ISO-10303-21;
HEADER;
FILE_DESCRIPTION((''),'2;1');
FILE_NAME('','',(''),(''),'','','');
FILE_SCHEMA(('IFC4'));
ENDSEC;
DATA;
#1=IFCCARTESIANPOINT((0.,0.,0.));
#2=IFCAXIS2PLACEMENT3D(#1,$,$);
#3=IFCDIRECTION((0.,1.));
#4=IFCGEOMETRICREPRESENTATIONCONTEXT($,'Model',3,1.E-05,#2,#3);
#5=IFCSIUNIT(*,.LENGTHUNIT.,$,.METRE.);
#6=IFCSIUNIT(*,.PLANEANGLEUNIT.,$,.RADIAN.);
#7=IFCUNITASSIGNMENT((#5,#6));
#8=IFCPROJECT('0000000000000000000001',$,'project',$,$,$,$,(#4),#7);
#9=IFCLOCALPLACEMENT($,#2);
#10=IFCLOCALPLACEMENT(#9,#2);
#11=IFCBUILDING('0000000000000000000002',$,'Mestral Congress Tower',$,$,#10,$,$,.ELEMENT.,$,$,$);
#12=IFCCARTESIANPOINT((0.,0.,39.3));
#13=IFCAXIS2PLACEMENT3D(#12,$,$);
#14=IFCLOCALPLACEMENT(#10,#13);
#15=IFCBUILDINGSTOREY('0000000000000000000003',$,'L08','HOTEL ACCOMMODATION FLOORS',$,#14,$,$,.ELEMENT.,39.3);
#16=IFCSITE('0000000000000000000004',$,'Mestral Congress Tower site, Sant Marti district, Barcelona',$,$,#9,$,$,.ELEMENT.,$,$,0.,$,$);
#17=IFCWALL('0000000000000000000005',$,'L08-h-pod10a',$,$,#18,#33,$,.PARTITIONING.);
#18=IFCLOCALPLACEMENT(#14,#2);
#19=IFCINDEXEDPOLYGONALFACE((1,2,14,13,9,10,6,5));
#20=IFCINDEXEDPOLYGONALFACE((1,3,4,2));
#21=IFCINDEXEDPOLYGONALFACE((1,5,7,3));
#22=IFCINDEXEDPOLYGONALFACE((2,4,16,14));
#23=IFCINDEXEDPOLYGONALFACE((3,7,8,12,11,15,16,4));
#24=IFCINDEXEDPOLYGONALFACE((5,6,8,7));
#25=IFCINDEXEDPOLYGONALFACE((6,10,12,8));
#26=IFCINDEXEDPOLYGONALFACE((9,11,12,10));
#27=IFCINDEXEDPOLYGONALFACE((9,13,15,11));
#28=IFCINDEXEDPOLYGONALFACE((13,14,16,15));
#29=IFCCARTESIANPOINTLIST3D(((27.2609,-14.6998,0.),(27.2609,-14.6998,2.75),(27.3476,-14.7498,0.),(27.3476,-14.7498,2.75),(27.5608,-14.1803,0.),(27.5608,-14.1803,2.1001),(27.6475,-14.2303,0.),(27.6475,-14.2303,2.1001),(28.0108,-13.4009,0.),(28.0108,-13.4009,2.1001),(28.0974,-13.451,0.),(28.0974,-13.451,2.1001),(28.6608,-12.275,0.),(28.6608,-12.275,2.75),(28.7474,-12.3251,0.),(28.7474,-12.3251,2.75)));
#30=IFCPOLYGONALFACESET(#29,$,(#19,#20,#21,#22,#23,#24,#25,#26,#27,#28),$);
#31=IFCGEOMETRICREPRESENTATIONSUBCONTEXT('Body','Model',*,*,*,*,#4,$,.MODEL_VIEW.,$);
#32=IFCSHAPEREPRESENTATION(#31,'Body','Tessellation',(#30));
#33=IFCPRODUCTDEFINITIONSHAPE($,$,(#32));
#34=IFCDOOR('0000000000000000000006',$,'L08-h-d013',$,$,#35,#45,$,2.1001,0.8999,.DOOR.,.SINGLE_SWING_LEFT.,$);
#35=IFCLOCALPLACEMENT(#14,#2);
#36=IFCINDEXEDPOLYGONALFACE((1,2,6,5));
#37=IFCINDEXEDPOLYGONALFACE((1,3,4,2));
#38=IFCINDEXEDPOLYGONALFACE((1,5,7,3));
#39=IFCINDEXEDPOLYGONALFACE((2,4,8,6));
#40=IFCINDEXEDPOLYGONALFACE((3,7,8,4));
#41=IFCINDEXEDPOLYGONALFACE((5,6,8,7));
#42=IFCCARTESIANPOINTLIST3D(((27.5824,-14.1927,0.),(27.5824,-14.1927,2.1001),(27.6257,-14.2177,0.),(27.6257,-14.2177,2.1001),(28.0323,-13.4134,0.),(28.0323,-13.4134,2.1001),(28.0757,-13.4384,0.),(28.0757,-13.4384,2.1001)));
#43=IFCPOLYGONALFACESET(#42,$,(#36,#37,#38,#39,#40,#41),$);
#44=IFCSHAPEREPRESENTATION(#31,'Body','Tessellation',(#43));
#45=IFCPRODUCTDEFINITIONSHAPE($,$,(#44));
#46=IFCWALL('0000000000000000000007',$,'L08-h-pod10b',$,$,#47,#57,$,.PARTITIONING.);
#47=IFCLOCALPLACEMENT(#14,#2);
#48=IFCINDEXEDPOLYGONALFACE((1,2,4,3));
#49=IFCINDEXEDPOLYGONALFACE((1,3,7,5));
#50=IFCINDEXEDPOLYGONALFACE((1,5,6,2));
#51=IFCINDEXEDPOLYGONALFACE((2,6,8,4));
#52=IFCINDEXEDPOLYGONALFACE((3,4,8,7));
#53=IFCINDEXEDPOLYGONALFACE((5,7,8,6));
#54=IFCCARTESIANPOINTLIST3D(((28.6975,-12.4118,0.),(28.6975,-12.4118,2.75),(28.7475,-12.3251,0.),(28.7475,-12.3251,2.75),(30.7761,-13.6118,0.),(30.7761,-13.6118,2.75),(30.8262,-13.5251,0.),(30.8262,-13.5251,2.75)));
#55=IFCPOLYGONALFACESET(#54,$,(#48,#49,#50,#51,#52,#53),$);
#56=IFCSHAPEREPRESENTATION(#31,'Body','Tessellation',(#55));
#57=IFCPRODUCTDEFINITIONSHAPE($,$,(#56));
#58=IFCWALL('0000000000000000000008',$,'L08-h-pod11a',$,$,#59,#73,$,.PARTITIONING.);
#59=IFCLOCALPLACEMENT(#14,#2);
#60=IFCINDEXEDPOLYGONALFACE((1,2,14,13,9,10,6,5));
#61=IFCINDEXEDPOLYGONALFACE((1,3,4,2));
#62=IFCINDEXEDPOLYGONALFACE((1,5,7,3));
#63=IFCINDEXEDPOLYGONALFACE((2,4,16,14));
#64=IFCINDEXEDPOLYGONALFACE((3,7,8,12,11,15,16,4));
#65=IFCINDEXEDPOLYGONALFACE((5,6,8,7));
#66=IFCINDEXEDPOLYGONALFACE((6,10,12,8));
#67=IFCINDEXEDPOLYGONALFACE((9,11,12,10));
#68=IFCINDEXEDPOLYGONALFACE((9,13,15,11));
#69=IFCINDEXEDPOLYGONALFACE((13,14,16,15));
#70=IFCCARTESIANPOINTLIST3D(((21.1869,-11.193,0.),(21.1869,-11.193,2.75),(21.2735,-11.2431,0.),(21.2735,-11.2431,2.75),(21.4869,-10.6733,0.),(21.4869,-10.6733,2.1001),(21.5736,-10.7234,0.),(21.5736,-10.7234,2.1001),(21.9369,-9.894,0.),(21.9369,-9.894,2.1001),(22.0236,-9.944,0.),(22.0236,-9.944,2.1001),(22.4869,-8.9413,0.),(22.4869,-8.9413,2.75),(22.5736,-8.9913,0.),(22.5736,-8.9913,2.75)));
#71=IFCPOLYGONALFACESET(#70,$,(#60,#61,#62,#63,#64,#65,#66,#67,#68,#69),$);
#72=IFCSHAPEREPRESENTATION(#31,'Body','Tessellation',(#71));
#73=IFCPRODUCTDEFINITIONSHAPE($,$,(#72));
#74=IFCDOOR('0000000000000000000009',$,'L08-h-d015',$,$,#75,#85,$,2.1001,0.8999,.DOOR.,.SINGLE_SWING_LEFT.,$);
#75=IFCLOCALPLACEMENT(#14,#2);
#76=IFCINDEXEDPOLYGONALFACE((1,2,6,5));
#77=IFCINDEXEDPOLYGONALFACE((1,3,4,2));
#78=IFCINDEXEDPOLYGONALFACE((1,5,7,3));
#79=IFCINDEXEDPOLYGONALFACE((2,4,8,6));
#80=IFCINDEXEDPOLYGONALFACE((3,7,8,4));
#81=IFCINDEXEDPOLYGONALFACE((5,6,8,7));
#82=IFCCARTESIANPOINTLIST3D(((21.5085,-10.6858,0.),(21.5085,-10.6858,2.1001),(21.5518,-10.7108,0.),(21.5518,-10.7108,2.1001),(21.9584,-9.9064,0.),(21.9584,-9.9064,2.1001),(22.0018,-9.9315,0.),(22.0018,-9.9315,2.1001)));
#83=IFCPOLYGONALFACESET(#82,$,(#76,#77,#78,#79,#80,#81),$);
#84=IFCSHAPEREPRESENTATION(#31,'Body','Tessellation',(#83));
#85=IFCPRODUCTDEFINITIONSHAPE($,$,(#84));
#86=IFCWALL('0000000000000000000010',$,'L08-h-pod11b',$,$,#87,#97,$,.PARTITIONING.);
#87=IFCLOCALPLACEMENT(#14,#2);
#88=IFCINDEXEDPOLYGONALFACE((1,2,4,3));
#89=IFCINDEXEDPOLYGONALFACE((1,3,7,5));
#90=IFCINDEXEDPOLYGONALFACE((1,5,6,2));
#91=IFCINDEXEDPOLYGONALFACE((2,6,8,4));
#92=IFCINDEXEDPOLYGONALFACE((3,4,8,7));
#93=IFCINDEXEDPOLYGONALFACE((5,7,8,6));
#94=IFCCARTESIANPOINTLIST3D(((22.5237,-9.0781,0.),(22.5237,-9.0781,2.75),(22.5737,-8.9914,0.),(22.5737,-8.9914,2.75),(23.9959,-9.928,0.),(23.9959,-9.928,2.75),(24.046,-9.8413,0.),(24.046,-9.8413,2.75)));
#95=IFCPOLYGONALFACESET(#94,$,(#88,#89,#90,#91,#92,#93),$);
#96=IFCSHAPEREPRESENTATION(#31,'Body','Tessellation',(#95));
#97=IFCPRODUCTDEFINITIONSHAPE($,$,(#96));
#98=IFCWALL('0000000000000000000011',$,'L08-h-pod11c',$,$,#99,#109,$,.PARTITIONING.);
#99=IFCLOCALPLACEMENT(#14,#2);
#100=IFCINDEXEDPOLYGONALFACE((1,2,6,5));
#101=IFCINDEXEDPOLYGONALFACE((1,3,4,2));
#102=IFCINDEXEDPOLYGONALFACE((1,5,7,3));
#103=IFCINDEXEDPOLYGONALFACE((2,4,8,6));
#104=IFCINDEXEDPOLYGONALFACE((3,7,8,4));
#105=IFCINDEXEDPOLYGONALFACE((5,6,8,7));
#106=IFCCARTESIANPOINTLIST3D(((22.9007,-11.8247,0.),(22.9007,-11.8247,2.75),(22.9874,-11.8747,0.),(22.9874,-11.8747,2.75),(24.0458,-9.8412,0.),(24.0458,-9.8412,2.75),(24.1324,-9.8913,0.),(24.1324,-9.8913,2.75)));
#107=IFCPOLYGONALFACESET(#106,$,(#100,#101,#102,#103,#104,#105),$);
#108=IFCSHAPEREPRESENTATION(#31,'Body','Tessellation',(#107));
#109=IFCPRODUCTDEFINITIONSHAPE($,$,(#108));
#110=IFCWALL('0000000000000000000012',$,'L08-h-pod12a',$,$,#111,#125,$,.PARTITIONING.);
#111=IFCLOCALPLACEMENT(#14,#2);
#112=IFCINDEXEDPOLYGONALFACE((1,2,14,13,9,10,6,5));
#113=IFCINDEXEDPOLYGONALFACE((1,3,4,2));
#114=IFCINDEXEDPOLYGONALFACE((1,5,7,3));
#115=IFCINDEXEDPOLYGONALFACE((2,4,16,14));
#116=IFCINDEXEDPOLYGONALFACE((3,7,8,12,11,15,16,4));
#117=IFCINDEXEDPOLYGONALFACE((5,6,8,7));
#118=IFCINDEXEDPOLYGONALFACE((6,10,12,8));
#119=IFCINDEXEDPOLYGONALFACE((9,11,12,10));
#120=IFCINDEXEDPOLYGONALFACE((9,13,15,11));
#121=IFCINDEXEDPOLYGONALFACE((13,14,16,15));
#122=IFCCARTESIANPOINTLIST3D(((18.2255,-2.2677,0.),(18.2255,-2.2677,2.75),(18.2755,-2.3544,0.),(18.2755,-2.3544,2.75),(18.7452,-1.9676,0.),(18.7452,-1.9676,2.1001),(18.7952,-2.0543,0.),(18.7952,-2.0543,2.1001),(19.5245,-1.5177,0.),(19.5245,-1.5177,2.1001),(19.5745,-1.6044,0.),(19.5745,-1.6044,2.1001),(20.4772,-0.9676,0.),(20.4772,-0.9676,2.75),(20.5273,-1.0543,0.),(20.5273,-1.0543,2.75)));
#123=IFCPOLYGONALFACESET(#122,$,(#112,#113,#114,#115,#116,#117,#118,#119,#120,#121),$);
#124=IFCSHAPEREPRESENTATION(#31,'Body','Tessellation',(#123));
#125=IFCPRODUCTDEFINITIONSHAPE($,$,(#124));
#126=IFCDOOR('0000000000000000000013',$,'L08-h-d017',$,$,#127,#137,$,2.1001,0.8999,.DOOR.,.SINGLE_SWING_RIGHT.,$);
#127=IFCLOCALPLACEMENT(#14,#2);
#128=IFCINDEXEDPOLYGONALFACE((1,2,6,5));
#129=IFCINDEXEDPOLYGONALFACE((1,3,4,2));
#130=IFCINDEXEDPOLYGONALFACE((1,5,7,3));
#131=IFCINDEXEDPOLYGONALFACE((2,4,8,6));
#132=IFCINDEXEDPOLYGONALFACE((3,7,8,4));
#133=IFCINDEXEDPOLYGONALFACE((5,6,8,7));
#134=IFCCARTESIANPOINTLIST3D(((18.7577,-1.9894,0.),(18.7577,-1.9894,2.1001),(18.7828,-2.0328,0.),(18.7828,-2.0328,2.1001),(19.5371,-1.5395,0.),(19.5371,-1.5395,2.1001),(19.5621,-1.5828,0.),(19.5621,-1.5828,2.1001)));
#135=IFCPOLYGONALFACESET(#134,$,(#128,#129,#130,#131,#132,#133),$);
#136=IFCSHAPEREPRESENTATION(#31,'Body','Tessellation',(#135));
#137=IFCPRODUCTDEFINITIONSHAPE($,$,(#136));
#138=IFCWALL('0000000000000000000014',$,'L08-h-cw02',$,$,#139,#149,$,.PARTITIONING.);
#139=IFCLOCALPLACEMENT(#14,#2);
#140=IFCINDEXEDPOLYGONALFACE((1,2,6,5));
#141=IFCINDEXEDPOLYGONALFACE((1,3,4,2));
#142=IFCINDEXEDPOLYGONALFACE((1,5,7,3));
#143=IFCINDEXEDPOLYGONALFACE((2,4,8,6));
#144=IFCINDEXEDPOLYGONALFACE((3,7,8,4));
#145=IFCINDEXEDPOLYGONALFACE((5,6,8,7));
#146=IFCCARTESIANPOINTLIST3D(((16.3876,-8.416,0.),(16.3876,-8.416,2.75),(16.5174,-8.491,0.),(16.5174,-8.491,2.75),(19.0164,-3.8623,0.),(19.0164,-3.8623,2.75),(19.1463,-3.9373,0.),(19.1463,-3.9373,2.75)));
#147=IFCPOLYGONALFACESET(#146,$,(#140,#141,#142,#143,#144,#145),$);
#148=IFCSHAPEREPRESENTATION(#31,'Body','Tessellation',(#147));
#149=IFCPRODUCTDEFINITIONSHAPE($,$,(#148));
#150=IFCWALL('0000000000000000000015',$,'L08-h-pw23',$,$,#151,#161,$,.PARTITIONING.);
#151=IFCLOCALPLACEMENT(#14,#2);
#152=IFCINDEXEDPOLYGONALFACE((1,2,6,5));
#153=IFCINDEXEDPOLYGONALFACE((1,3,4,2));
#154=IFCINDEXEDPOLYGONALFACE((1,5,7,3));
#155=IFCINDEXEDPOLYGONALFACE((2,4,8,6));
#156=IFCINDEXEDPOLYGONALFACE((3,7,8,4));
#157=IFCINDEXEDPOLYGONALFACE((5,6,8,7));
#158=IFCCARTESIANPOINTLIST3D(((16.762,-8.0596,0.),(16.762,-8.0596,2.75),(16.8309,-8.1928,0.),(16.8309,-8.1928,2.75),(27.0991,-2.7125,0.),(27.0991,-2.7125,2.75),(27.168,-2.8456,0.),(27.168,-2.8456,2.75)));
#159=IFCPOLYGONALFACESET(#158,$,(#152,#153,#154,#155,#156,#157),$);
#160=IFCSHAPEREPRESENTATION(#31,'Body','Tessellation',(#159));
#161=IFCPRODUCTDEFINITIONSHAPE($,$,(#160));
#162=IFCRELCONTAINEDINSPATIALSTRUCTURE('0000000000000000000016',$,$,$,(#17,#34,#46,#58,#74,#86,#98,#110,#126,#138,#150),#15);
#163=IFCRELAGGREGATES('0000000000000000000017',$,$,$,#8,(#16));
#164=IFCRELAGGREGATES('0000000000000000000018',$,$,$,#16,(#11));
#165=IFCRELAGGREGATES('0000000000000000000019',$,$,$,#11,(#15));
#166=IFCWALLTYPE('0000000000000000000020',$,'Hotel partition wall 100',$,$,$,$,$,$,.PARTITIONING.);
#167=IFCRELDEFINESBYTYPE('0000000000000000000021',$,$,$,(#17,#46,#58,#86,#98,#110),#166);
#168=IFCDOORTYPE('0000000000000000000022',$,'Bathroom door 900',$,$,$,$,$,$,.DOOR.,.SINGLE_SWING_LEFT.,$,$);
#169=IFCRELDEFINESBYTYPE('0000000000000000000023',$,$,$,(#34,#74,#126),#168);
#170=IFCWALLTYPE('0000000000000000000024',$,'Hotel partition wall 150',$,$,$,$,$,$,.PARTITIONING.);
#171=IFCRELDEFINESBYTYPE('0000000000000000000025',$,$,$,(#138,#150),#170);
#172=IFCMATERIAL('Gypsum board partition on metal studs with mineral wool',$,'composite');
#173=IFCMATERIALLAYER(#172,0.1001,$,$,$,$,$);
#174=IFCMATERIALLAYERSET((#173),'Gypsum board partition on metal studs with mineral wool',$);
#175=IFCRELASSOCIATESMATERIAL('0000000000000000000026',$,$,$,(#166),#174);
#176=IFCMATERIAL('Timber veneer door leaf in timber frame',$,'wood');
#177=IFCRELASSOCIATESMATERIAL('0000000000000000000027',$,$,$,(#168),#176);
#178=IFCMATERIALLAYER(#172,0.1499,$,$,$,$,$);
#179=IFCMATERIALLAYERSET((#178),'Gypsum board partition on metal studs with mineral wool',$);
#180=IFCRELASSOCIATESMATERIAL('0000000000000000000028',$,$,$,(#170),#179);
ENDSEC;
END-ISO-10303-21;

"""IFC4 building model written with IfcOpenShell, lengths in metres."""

from ifc_helpers import new_model, si_unit, direction, frame, frame_2d, origin, place, context, subcontext, project, spatial, rectangle, extrude, material, layer, layer_set, type_object, element, fill, save


model = new_model("IFC4")

# Units and contexts
model_context = context("Model", 3, precision=1e-05, world=origin(), true_north=direction((0.0, 1.0)))
body_context = subcontext(model_context, "Body", "Model", "MODEL_VIEW")
ifc_project = project(units=[si_unit("LENGTHUNIT", "METRE"), si_unit("PLANEANGLEUNIT", "RADIAN")], contexts=[model_context])

# Site, building, storey
site_placement = place(None, origin())
site = spatial("IfcSite", under=ifc_project, at=site_placement, Name="Mestral Congress Tower site, Sant Marti district, Barcelona", CompositionType="ELEMENT", RefElevation=0.0)
building_placement = place(site_placement, origin())
building = spatial("IfcBuilding", under=site, at=building_placement, Name="Mestral Congress Tower", CompositionType="ELEMENT")
storey_placement = place(building_placement, frame((0.0, 0.0, 39.3)))
storey = spatial("IfcBuildingStorey", under=building, at=storey_placement, Name="L08", Description="HOTEL ACCOMMODATION FLOORS", CompositionType="ELEMENT", Elevation=39.3)

# Wall, opening, door
ifc_material_1 = material(Name="Gypsum board partition on metal studs with mineral wool", Category="composite")
ifc_layer_1 = layer(ifc_material_1, 0.1001)
ifc_layer_set_1 = layer_set([ifc_layer_1], Name="Gypsum board partition on metal studs with mineral wool")
wall_type_1 = type_object("IfcWallType", Name="Hotel partition wall 100", PredefinedType="PARTITIONING", material=ifc_layer_set_1)
wall_1_placement = place(storey_placement, frame((28.7041, -12.3, 0.0), z_axis=(0.0, 0.0, 1.0), x_axis=(-0.499984, -0.866035, 0.0)))
wall_1 = element("IfcWall", 1, at=wall_1_placement, inside=storey, type_object=wall_type_1, Name="L08-h-pod10a", PredefinedType="PARTITIONING", context=body_context, shape_type="SweptSolid", body=[
    extrude(rectangle(XDim=2.7998, YDim=0.1001, at=frame_2d((1.3999, 0.0))), origin(), (0.0, 0.0, 1.0), 2.75),
])
opening_1_placement = place(wall_1_placement, frame((1.3, 0.0, 0.0)))
opening_1 = element("IfcOpeningElement", 2, at=opening_1_placement, cuts=wall_1, PredefinedType="OPENING", context=body_context, shape_type="SweptSolid", body=[
    extrude(rectangle(XDim=0.8999, YDim=2.1001, at=frame_2d((0.45, 1.05))), frame((0.0, 0.0601, 0.0), z_axis=(0.0, -1.0, 0.0), x_axis=(1.0, 0.0, 0.0)), (0.0, 0.0, 1.0), 0.1201),
])
ifc_material_2 = material(Name="Timber veneer door leaf in timber frame", Category="wood")
door_type = type_object("IfcDoorType", Name="Bathroom door 900", OperationType="SINGLE_SWING_LEFT", PredefinedType="DOOR", material=ifc_material_2)
door_1_placement = place(opening_1_placement, origin())
door_1 = element("IfcDoor", 3, at=door_1_placement, inside=storey, type_object=door_type, Name="L08-h-d013", OperationType="SINGLE_SWING_LEFT", OverallHeight=2.1001, OverallWidth=0.8999, PredefinedType="DOOR", context=body_context, shape_type="SweptSolid", body=[
    extrude(rectangle(XDim=0.8999, YDim=2.1001, at=frame_2d((0.45, 1.05))), frame((0.0, 0.0249, 0.0), z_axis=(0.0, -1.0, 0.0), x_axis=(1.0, 0.0, 0.0)), (0.0, 0.0, 1.0), 0.05),
])
fill(opening_1, door_1)

# Wall
wall_2_placement = place(storey_placement, frame((28.7224, -12.3684, 0.0), z_axis=(0.0, 0.0, 1.0), x_axis=(0.86605, -0.499957, 0.0)))
element("IfcWall", 4, at=wall_2_placement, inside=storey, type_object=wall_type_1, Name="L08-h-pod10b", PredefinedType="PARTITIONING", context=body_context, shape_type="SweptSolid", body=[
    extrude(rectangle(XDim=2.4001, YDim=0.1001, at=frame_2d((1.2002, 0.0))), origin(), (0.0, 0.0, 1.0), 2.75),
])

# Wall, opening, door
wall_3_placement = place(storey_placement, frame((22.5303, -8.9663, 0.0), z_axis=(0.0, 0.0, 1.0), x_axis=(-0.500007, -0.866021, 0.0)))
wall_3 = element("IfcWall", 5, at=wall_3_placement, inside=storey, type_object=wall_type_1, Name="L08-h-pod11a", PredefinedType="PARTITIONING", context=body_context, shape_type="SweptSolid", body=[
    extrude(rectangle(XDim=2.6001, YDim=0.1001, at=frame_2d((1.3, 0.0))), origin(), (0.0, 0.0, 1.0), 2.75),
])
opening_2_placement = place(wall_3_placement, frame((1.1001, 0.0, 0.0)))
opening_2 = element("IfcOpeningElement", 6, at=opening_2_placement, cuts=wall_3, PredefinedType="OPENING", context=body_context, shape_type="SweptSolid", body=[
    extrude(rectangle(XDim=0.8999, YDim=2.1001, at=frame_2d((0.45, 1.05))), frame((0.0, 0.0601, 0.0), z_axis=(0.0, -1.0, 0.0), x_axis=(1.0, 0.0, 0.0)), (0.0, 0.0, 1.0), 0.1201),
])
door_2_placement = place(opening_2_placement, origin())
door_2 = element("IfcDoor", 7, at=door_2_placement, inside=storey, type_object=door_type, Name="L08-h-d015", OperationType="SINGLE_SWING_LEFT", OverallHeight=2.1001, OverallWidth=0.8999, PredefinedType="DOOR", context=body_context, shape_type="SweptSolid", body=[
    extrude(rectangle(XDim=0.8999, YDim=2.1001, at=frame_2d((0.45, 1.05))), frame((0.0, 0.0249, 0.0), z_axis=(0.0, -1.0, 0.0), x_axis=(1.0, 0.0, 0.0)), (0.0, 0.0, 1.0), 0.05),
])
fill(opening_2, door_2)

# Walls
wall_4_placement = place(storey_placement, frame((22.5486, -9.0347, 0.0), z_axis=(0.0, 0.0, 1.0), x_axis=(0.866052, -0.499955, 0.0)))
element("IfcWall", 8, at=wall_4_placement, inside=storey, type_object=wall_type_1, Name="L08-h-pod11b", PredefinedType="PARTITIONING", context=body_context, shape_type="SweptSolid", body=[
    extrude(rectangle(XDim=1.7, YDim=0.1001, at=frame_2d((0.8501, 0.0))), origin(), (0.0, 0.0, 1.0), 2.75),
])
wall_5_placement = place(storey_placement, frame((22.9441, -11.8496, 0.0), z_axis=(0.0, 0.0, 1.0), x_axis=(0.499969, 0.866044, 0.0)))
element("IfcWall", 9, at=wall_5_placement, inside=storey, type_object=wall_type_1, Name="L08-h-pod11c", PredefinedType="PARTITIONING", context=body_context, shape_type="SweptSolid", body=[
    extrude(rectangle(XDim=2.2903, YDim=0.1001, at=frame_2d((1.145, 0.0))), origin(), (0.0, 0.0, 1.0), 2.75),
])

# Wall, opening, door
wall_6_placement = place(storey_placement, frame((18.2505, -2.311, 0.0), z_axis=(0.0, 0.0, 1.0), x_axis=(0.866021, 0.500007, 0.0)))
wall_6 = element("IfcWall", 10, at=wall_6_placement, inside=storey, type_object=wall_type_1, Name="L08-h-pod12a", PredefinedType="PARTITIONING", context=body_context, shape_type="SweptSolid", body=[
    extrude(rectangle(XDim=2.6001, YDim=0.1001, at=frame_2d((1.3, 0.0))), origin(), (0.0, 0.0, 1.0), 2.75),
])
opening_3_placement = place(wall_6_placement, frame((0.6001, 0.0, 0.0)))
opening_3 = element("IfcOpeningElement", 11, at=opening_3_placement, cuts=wall_6, PredefinedType="OPENING", context=body_context, shape_type="SweptSolid", body=[
    extrude(rectangle(XDim=0.8999, YDim=2.1001, at=frame_2d((0.45, 1.05))), frame((0.0, 0.0601, 0.0), z_axis=(0.0, -1.0, 0.0), x_axis=(1.0, 0.0, 0.0)), (0.0, 0.0, 1.0), 0.1201),
])
door_3_placement = place(opening_3_placement, origin())
door_3 = element("IfcDoor", 12, at=door_3_placement, inside=storey, type_object=door_type, Name="L08-h-d017", OperationType="SINGLE_SWING_RIGHT", OverallHeight=2.1001, OverallWidth=0.8999, PredefinedType="DOOR", context=body_context, shape_type="SweptSolid", body=[
    extrude(rectangle(XDim=0.8999, YDim=2.1001, at=frame_2d((0.45, 1.05))), frame((0.0, 0.0249, 0.0), z_axis=(0.0, -1.0, 0.0), x_axis=(1.0, 0.0, 0.0)), (0.0, 0.0, 1.0), 0.05),
])
fill(opening_3, door_3)

# Walls
ifc_layer_2 = layer(ifc_material_1, 0.1499)
ifc_layer_set_2 = layer_set([ifc_layer_2], Name="Gypsum board partition on metal studs with mineral wool")
wall_type_2 = type_object("IfcWallType", Name="Hotel partition wall 150", PredefinedType="PARTITIONING", material=ifc_layer_set_2)
wall_7_placement = place(storey_placement, frame((19.0813, -3.8999, 0.0), z_axis=(0.0, 0.0, 1.0), x_axis=(-0.499974, -0.86604, 0.0)))
element("IfcWall", 13, at=wall_7_placement, inside=storey, type_object=wall_type_2, Name="L08-h-cw02", PredefinedType="PARTITIONING", context=body_context, shape_type="SweptSolid", body=[
    extrude(rectangle(XDim=5.2581, YDim=0.1499, at=frame_2d((2.6289, 0.0))), origin(), (0.0, 0.0, 1.0), 2.75),
])
wall_8_placement = place(storey_placement, frame((27.1335, -2.7791, 0.0), z_axis=(0.0, 0.0, 1.0), x_axis=(-0.888205, -0.459447, 0.0)))
element("IfcWall", 14, at=wall_8_placement, inside=storey, type_object=wall_type_2, Name="L08-h-pw23", PredefinedType="PARTITIONING", context=body_context, shape_type="SweptSolid", body=[
    extrude(rectangle(XDim=11.6382, YDim=0.1499, at=frame_2d((5.8191, 0.0))), origin(), (0.0, 0.0, 1.0), 2.75),
])

save(model, "model.ifc")
